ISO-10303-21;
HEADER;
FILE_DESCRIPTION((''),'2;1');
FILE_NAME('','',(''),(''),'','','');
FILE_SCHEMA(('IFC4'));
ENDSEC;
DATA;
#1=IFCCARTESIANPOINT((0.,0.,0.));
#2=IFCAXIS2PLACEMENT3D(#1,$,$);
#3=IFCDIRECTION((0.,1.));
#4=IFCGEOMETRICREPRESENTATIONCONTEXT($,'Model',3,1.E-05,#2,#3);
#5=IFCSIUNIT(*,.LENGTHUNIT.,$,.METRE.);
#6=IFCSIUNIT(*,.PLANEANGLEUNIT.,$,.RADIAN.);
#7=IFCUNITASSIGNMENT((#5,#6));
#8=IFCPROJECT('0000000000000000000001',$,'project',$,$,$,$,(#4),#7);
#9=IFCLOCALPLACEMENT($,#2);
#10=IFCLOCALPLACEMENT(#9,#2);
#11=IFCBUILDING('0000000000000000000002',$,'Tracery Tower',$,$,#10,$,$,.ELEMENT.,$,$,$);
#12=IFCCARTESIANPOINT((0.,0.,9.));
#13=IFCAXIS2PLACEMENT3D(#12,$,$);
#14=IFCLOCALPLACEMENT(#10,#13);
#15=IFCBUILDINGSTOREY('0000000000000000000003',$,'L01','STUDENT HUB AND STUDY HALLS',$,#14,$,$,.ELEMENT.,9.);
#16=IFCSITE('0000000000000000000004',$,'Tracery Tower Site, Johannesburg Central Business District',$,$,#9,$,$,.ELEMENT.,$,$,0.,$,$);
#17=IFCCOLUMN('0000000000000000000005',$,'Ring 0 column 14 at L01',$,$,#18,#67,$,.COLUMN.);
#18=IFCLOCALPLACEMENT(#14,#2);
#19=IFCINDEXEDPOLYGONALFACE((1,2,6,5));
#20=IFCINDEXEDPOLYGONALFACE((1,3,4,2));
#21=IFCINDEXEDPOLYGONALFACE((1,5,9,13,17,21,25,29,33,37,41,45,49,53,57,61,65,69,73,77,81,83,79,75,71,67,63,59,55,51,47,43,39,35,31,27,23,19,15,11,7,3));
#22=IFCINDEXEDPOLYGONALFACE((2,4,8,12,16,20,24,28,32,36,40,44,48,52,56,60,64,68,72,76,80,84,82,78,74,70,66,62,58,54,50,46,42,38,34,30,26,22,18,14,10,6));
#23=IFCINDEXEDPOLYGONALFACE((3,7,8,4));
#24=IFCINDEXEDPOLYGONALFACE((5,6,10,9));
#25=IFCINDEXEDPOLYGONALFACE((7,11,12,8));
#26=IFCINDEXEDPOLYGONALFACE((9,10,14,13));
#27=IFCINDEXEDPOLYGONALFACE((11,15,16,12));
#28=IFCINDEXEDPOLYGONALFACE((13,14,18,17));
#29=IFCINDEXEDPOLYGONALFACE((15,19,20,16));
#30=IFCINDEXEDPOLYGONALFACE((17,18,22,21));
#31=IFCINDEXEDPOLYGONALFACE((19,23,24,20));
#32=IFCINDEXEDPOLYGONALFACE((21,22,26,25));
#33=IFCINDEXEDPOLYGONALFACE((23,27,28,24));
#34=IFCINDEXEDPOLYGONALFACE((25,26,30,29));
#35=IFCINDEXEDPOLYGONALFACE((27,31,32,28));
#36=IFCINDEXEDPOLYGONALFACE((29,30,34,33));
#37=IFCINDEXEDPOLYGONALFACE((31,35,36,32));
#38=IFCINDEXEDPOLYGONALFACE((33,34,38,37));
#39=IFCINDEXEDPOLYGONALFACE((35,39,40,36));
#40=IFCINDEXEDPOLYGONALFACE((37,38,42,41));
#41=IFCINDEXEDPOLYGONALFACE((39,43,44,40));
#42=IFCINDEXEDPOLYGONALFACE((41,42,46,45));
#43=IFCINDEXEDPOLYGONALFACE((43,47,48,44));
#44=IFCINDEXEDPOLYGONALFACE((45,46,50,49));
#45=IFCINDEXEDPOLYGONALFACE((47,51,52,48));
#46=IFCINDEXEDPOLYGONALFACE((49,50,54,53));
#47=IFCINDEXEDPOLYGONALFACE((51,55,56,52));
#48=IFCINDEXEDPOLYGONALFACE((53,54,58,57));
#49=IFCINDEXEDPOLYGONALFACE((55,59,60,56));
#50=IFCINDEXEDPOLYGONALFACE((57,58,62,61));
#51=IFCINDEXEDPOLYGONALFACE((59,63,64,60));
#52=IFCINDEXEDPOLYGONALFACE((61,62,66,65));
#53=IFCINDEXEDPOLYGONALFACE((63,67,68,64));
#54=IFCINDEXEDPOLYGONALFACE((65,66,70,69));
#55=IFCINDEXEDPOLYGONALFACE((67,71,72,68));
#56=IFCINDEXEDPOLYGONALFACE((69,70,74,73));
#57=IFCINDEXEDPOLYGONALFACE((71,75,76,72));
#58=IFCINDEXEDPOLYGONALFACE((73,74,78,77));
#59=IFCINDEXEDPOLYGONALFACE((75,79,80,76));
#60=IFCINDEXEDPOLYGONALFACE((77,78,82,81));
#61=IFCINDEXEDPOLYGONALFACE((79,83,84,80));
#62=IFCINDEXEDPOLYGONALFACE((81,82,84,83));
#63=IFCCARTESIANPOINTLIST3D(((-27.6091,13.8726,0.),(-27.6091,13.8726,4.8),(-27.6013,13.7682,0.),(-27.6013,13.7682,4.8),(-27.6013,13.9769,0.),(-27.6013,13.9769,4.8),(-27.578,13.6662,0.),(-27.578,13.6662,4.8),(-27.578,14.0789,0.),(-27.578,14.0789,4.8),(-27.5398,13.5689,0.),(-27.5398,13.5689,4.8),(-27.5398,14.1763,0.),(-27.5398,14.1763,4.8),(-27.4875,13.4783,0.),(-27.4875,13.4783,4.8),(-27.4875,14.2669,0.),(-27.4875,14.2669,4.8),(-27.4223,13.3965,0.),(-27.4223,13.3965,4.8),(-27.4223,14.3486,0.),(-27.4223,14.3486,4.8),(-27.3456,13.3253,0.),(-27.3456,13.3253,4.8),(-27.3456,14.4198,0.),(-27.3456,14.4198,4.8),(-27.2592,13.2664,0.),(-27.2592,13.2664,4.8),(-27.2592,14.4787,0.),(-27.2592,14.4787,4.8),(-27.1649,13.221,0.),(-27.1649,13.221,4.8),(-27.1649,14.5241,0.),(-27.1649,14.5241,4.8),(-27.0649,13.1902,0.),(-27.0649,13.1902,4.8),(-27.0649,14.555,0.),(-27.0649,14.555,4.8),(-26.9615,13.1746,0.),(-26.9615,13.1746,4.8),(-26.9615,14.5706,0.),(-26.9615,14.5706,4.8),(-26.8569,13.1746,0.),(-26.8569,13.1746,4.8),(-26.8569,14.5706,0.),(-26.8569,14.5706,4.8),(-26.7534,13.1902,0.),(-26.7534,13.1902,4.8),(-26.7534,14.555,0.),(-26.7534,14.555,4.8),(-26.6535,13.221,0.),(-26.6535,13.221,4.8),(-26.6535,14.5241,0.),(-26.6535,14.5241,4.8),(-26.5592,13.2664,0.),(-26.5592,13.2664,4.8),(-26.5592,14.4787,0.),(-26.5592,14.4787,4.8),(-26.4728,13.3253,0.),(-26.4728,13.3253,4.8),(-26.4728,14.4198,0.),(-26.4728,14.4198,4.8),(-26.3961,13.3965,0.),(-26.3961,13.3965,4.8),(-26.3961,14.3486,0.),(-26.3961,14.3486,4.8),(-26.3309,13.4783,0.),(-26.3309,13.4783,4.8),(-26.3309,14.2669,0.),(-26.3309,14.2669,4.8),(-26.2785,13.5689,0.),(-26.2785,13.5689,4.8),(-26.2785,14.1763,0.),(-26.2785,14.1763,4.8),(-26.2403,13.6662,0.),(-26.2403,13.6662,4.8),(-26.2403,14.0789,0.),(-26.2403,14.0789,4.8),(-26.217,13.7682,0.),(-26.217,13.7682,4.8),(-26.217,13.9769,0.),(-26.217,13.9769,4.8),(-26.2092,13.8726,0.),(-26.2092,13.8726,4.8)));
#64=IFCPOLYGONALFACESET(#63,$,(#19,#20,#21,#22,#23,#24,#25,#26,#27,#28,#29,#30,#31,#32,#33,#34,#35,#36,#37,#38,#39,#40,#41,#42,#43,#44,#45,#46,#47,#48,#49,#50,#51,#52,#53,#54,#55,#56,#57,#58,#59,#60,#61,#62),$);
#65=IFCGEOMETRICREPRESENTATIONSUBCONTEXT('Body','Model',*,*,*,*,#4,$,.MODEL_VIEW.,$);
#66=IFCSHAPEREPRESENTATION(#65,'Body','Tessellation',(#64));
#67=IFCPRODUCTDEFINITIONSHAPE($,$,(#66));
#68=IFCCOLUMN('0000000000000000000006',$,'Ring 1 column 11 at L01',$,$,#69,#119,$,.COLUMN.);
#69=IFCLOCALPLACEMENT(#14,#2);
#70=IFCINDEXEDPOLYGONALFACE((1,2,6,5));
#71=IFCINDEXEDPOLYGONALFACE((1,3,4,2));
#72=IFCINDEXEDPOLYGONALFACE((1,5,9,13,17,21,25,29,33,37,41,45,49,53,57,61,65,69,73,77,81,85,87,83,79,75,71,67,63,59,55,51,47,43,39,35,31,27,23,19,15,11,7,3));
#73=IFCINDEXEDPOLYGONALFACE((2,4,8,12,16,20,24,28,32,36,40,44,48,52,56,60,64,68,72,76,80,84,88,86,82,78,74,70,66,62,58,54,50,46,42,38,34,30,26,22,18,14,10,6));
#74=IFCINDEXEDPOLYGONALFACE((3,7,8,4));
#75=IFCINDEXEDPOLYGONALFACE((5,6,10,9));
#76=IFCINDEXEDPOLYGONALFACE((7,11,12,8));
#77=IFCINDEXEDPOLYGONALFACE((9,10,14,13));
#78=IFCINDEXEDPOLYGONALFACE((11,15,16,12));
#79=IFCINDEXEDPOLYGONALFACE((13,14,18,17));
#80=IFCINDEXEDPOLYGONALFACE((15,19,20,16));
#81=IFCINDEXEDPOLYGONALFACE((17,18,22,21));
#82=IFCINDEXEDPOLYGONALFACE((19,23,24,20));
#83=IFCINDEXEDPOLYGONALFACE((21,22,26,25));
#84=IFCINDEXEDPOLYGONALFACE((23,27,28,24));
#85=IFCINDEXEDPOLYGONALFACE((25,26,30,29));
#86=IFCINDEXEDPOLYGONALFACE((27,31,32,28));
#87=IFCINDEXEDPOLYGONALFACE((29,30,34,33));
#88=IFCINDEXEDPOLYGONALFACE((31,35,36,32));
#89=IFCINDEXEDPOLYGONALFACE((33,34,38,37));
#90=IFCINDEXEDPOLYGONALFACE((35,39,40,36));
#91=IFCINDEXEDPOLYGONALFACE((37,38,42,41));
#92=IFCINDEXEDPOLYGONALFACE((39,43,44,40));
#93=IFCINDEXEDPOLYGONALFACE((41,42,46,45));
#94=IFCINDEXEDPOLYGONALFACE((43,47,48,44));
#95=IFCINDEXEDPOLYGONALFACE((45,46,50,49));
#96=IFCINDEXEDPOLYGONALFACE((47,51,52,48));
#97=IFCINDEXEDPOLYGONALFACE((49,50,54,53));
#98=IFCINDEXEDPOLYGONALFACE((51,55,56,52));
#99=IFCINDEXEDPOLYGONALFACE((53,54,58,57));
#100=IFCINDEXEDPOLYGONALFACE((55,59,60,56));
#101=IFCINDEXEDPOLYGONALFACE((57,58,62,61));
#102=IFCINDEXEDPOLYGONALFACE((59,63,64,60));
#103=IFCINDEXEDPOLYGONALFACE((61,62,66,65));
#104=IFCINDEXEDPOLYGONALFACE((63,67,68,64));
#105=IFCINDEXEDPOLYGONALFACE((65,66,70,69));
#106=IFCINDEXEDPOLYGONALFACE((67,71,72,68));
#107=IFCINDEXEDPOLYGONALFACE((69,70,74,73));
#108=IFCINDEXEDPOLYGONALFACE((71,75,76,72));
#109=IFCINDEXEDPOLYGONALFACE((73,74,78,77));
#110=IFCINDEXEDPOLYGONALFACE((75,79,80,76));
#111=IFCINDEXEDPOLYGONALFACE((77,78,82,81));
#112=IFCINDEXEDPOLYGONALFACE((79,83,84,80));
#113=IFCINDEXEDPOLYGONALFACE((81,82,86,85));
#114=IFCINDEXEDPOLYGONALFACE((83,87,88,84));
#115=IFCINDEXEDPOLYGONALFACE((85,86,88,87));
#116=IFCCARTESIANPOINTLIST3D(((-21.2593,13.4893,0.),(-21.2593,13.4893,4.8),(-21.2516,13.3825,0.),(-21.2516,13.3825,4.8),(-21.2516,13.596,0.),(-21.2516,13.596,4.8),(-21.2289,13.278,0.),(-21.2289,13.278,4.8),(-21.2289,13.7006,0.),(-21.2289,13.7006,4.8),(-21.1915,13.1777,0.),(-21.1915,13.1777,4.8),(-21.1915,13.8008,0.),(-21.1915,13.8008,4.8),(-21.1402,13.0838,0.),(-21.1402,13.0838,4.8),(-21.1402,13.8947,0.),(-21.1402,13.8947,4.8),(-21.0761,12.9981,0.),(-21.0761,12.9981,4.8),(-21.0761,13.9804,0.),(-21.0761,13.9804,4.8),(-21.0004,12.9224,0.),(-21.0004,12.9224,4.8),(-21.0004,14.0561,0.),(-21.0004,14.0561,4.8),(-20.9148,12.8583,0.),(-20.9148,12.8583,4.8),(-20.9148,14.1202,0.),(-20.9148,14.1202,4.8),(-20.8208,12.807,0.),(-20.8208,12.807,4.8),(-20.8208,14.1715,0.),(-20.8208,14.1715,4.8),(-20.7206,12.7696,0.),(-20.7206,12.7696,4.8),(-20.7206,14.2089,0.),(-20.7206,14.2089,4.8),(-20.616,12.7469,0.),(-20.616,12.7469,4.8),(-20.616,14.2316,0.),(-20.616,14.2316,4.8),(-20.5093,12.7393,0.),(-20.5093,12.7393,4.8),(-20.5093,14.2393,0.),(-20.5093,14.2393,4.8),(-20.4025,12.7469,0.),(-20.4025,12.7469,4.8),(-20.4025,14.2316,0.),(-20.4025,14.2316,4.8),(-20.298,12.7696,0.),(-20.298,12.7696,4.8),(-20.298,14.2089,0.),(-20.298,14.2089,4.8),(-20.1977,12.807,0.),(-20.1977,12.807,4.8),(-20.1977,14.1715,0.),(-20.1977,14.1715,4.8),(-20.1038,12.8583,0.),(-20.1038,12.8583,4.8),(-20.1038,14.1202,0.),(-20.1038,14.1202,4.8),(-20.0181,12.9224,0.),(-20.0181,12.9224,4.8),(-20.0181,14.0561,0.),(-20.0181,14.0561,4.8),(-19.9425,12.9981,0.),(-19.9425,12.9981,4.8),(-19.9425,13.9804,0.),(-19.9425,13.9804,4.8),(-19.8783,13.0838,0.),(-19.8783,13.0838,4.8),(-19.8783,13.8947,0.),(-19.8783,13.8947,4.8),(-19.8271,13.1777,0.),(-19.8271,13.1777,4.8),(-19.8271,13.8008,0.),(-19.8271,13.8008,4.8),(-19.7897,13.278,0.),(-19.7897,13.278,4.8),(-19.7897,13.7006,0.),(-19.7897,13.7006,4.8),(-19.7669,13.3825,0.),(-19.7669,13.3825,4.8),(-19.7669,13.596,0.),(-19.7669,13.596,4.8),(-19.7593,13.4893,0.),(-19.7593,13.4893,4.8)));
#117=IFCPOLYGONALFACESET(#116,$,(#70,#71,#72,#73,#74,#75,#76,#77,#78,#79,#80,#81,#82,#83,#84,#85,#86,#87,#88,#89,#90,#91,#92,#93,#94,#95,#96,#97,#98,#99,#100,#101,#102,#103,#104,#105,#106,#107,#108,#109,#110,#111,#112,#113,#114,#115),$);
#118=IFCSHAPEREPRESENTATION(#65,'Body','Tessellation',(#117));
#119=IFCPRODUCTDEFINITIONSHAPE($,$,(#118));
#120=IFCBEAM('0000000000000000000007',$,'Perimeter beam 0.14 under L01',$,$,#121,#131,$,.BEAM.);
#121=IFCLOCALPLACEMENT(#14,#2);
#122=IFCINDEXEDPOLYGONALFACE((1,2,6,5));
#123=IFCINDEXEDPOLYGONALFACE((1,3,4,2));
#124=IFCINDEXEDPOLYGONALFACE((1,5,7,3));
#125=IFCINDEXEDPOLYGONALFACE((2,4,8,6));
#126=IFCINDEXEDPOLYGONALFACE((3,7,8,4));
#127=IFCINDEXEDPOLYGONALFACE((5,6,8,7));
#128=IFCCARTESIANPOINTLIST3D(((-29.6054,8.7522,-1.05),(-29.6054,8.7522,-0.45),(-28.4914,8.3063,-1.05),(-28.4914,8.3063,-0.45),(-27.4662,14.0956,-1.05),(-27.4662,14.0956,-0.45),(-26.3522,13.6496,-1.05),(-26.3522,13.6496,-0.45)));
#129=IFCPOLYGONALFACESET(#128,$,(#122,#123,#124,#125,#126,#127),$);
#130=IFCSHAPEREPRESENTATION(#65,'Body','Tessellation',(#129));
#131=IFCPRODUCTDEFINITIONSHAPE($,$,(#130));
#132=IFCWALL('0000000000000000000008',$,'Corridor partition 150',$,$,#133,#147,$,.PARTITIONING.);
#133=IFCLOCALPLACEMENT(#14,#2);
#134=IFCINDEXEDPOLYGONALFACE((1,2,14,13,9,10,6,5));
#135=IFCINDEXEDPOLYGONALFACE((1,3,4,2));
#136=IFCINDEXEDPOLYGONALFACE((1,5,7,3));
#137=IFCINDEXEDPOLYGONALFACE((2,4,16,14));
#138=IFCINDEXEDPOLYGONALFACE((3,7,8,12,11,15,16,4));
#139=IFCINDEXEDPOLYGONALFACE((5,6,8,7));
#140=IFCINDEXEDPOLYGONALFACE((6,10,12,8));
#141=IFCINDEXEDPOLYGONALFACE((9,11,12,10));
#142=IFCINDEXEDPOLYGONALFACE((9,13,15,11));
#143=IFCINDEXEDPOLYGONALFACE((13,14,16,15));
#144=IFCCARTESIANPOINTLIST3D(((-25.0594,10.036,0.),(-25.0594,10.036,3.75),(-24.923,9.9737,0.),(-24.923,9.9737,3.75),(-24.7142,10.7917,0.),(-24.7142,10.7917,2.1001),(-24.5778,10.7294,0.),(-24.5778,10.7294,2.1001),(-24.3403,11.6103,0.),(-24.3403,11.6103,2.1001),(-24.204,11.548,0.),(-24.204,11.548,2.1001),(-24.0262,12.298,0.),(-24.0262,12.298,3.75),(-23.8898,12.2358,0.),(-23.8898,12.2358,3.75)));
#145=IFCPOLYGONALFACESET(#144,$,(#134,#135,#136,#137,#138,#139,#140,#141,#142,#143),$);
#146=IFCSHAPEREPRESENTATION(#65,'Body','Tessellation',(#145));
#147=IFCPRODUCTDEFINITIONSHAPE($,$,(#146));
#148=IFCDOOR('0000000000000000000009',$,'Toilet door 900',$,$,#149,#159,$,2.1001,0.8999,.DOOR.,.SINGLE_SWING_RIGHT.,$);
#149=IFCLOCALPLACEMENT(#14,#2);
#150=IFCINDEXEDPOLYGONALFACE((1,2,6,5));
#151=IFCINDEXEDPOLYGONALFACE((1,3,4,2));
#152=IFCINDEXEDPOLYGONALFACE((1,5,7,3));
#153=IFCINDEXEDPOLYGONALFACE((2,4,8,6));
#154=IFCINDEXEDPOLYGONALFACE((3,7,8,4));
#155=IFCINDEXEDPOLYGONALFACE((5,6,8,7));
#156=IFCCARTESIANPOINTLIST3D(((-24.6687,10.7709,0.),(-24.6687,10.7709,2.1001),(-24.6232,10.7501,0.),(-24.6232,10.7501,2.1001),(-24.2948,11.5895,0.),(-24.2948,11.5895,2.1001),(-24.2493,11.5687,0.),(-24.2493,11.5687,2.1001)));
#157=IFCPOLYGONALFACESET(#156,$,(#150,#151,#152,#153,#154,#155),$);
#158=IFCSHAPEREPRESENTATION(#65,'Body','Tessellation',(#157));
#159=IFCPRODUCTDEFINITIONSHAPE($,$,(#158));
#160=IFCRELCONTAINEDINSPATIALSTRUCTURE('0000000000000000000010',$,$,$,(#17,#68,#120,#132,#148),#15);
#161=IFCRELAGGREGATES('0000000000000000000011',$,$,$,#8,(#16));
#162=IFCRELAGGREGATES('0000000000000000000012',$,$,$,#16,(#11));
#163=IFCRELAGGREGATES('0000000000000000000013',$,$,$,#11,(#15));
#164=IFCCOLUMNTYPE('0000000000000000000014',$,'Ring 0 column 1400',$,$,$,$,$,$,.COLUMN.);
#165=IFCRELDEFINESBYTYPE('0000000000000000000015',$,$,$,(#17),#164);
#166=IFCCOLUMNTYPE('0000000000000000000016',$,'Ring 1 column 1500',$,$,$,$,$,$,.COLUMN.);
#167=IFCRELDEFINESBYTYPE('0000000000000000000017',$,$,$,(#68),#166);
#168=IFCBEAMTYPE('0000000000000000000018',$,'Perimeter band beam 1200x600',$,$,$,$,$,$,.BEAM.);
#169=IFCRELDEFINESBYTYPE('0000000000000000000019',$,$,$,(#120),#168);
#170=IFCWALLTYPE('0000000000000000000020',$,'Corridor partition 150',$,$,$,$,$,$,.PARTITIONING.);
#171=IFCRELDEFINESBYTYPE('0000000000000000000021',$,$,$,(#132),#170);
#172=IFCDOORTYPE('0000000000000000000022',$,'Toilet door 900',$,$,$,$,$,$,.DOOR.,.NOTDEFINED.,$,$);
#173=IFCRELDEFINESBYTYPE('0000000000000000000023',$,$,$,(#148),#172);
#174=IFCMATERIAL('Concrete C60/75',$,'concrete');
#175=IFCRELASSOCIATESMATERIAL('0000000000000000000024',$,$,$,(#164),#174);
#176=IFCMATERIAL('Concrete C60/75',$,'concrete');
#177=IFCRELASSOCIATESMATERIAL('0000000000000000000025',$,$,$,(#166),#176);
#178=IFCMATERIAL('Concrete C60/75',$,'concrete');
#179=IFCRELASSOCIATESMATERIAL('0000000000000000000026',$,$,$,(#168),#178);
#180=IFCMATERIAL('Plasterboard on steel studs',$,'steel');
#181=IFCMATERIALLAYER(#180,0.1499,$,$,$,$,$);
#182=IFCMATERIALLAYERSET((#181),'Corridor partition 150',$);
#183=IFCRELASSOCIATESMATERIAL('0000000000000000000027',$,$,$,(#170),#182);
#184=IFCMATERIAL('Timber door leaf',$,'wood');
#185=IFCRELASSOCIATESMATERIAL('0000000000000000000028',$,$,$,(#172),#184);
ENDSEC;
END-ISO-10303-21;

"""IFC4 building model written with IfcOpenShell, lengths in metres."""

from ifc_helpers import new_model, si_unit, direction, frame, frame_2d, origin, origin_2d, place, context, subcontext, project, spatial, rectangle, circle, extrude, material, layer, layer_set, material_profile, profile_set, type_object, element, fill, save


model = new_model("IFC4")

# Units and contexts
model_context = context("Model", 3, precision=1e-05, world=origin(), true_north=direction((0.0, 1.0)))
body_context = subcontext(model_context, "Body", "Model", "MODEL_VIEW")
ifc_project = project(units=[si_unit("LENGTHUNIT", "METRE"), si_unit("PLANEANGLEUNIT", "RADIAN")], contexts=[model_context])

# Site, building, storey
site_placement = place(None, origin())
site = spatial("IfcSite", under=ifc_project, at=site_placement, Name="Tracery Tower Site, Johannesburg Central Business District", CompositionType="ELEMENT", RefElevation=0.0)
building_placement = place(site_placement, origin())
building = spatial("IfcBuilding", under=site, at=building_placement, Name="Tracery Tower", CompositionType="ELEMENT")
storey_placement = place(building_placement, frame((0.0, 0.0, 9.0)))
storey = spatial("IfcBuildingStorey", under=building, at=storey_placement, Name="L01", Description="STUDENT HUB AND STUDY HALLS", CompositionType="ELEMENT", Elevation=9.0)

# Columns
ifc_material_1 = material(Name="Concrete C60/75", Category="concrete")
ifc_material_profile_1 = material_profile(ifc_material_1, circle(Radius=0.7, at=origin_2d()), Name="RC D1400")
ifc_profile_set_1 = profile_set([ifc_material_profile_1], Name="Concrete C60/75")
column_type_1 = type_object("IfcColumnType", Name="Ring 0 column 1400", PredefinedType="COLUMN", material=ifc_profile_set_1)
column_1_placement = place(storey_placement, frame((-26.9092, 13.8726, 0.0), z_axis=(0.0, 0.0, 1.0), x_axis=(1.0, 0.0, 0.0)))
element("IfcColumn", 1, at=column_1_placement, inside=storey, type_object=column_type_1, Name="Ring 0 column 14 at L01", PredefinedType="COLUMN", context=body_context, shape_type="SweptSolid", body=[
    extrude(circle(Radius=0.7, at=origin_2d()), origin(), (0.0, 0.0, 1.0), 4.8),
])
ifc_material_2 = material(Name="Concrete C60/75", Category="concrete")
ifc_material_profile_2 = material_profile(ifc_material_2, circle(Radius=0.75, at=origin_2d()), Name="RC D1500")
ifc_profile_set_2 = profile_set([ifc_material_profile_2], Name="Concrete C60/75")
column_type_2 = type_object("IfcColumnType", Name="Ring 1 column 1500", PredefinedType="COLUMN", material=ifc_profile_set_2)
column_2_placement = place(storey_placement, frame((-20.5093, 13.4893, 0.0), z_axis=(0.0, 0.0, 1.0), x_axis=(1.0, 0.0, 0.0)))
element("IfcColumn", 2, at=column_2_placement, inside=storey, type_object=column_type_2, Name="Ring 1 column 11 at L01", PredefinedType="COLUMN", context=body_context, shape_type="SweptSolid", body=[
    extrude(circle(Radius=0.75, at=origin_2d()), origin(), (0.0, 0.0, 1.0), 4.8),
])

# Beam
ifc_material_3 = material(Name="Concrete C60/75", Category="concrete")
ifc_material_profile_3 = material_profile(ifc_material_3, rectangle(XDim=1.2, YDim=0.6001, at=origin_2d()), Name="RC 1200x600")
ifc_profile_set_3 = profile_set([ifc_material_profile_3], Name="Concrete C60/75")
beam_type = type_object("IfcBeamType", Name="Perimeter band beam 1200x600", PredefinedType="BEAM", material=ifc_profile_set_3)
beam_placement = place(storey_placement, frame((-26.9092, 13.8726, -0.75), z_axis=(-0.371669, -0.928365, 0.0), x_axis=(0.928365, -0.371669, 0.0)))
element("IfcBeam", 3, at=beam_placement, inside=storey, type_object=beam_type, Name="Perimeter beam 0.14 under L01", PredefinedType="BEAM", context=body_context, shape_type="SweptSolid", body=[
    extrude(rectangle(XDim=1.2, YDim=0.6001, at=origin_2d()), origin(), (0.0, 0.0, 1.0), 5.7556),
])

# Wall, opening, door
ifc_material_4 = material(Name="Plasterboard on steel studs", Category="steel")
ifc_layer_1 = layer(ifc_material_4, 0.1499)
ifc_layer_set_1 = layer_set([ifc_layer_1], Name="Corridor partition 150")
wall_type_1 = type_object("IfcWallType", Name="Corridor partition 150", PredefinedType="PARTITIONING", material=ifc_layer_set_1)
wall_1_placement = place(storey_placement, frame((-24.9912, 10.0049, 0.0), z_axis=(0.0, 0.0, 1.0), x_axis=(0.415481, 0.909602, 0.0)))
wall_1 = element("IfcWall", 4, at=wall_1_placement, inside=storey, type_object=wall_type_1, Name="Corridor partition 150", PredefinedType="PARTITIONING", context=body_context, shape_type="SweptSolid", body=[
    extrude(rectangle(XDim=2.4868, YDim=0.1499, at=frame_2d((1.2434, 0.0))), origin(), (0.0, 0.0, 1.0), 3.75),
])
opening_1_placement = place(wall_1_placement, frame((0.8308, 0.0, 0.0)))
opening_1 = element("IfcOpeningElement", 5, at=opening_1_placement, cuts=wall_1, PredefinedType="OPENING", context=body_context, shape_type="SweptSolid", body=[
    extrude(rectangle(XDim=0.8999, YDim=2.1001, at=frame_2d((0.45, 1.05))), frame((0.0, 0.075, 0.0), z_axis=(0.0, -1.0, 0.0), x_axis=(1.0, 0.0, 0.0)), (0.0, 0.0, 1.0), 0.1499),
])
ifc_material_5 = material(Name="Timber door leaf", Category="wood")
door_type_1 = type_object("IfcDoorType", Name="Toilet door 900", OperationType="NOTDEFINED", PredefinedType="DOOR", material=ifc_material_5)
door_1_placement = place(opening_1_placement, origin())
door_1 = element("IfcDoor", 6, at=door_1_placement, inside=storey, type_object=door_type_1, Name="Toilet door 900", OperationType="SINGLE_SWING_RIGHT", OverallHeight=2.1001, OverallWidth=0.8999, PredefinedType="DOOR", context=body_context, shape_type="SweptSolid", body=[
    extrude(rectangle(XDim=0.8999, YDim=2.1001, at=frame_2d((0.45, 1.05))), frame((0.0, 0.0249, 0.0), z_axis=(0.0, -1.0, 0.0), x_axis=(1.0, 0.0, 0.0)), (0.0, 0.0, 1.0), 0.05),
])
fill(opening_1, door_1)

save(model, "model.ifc")
